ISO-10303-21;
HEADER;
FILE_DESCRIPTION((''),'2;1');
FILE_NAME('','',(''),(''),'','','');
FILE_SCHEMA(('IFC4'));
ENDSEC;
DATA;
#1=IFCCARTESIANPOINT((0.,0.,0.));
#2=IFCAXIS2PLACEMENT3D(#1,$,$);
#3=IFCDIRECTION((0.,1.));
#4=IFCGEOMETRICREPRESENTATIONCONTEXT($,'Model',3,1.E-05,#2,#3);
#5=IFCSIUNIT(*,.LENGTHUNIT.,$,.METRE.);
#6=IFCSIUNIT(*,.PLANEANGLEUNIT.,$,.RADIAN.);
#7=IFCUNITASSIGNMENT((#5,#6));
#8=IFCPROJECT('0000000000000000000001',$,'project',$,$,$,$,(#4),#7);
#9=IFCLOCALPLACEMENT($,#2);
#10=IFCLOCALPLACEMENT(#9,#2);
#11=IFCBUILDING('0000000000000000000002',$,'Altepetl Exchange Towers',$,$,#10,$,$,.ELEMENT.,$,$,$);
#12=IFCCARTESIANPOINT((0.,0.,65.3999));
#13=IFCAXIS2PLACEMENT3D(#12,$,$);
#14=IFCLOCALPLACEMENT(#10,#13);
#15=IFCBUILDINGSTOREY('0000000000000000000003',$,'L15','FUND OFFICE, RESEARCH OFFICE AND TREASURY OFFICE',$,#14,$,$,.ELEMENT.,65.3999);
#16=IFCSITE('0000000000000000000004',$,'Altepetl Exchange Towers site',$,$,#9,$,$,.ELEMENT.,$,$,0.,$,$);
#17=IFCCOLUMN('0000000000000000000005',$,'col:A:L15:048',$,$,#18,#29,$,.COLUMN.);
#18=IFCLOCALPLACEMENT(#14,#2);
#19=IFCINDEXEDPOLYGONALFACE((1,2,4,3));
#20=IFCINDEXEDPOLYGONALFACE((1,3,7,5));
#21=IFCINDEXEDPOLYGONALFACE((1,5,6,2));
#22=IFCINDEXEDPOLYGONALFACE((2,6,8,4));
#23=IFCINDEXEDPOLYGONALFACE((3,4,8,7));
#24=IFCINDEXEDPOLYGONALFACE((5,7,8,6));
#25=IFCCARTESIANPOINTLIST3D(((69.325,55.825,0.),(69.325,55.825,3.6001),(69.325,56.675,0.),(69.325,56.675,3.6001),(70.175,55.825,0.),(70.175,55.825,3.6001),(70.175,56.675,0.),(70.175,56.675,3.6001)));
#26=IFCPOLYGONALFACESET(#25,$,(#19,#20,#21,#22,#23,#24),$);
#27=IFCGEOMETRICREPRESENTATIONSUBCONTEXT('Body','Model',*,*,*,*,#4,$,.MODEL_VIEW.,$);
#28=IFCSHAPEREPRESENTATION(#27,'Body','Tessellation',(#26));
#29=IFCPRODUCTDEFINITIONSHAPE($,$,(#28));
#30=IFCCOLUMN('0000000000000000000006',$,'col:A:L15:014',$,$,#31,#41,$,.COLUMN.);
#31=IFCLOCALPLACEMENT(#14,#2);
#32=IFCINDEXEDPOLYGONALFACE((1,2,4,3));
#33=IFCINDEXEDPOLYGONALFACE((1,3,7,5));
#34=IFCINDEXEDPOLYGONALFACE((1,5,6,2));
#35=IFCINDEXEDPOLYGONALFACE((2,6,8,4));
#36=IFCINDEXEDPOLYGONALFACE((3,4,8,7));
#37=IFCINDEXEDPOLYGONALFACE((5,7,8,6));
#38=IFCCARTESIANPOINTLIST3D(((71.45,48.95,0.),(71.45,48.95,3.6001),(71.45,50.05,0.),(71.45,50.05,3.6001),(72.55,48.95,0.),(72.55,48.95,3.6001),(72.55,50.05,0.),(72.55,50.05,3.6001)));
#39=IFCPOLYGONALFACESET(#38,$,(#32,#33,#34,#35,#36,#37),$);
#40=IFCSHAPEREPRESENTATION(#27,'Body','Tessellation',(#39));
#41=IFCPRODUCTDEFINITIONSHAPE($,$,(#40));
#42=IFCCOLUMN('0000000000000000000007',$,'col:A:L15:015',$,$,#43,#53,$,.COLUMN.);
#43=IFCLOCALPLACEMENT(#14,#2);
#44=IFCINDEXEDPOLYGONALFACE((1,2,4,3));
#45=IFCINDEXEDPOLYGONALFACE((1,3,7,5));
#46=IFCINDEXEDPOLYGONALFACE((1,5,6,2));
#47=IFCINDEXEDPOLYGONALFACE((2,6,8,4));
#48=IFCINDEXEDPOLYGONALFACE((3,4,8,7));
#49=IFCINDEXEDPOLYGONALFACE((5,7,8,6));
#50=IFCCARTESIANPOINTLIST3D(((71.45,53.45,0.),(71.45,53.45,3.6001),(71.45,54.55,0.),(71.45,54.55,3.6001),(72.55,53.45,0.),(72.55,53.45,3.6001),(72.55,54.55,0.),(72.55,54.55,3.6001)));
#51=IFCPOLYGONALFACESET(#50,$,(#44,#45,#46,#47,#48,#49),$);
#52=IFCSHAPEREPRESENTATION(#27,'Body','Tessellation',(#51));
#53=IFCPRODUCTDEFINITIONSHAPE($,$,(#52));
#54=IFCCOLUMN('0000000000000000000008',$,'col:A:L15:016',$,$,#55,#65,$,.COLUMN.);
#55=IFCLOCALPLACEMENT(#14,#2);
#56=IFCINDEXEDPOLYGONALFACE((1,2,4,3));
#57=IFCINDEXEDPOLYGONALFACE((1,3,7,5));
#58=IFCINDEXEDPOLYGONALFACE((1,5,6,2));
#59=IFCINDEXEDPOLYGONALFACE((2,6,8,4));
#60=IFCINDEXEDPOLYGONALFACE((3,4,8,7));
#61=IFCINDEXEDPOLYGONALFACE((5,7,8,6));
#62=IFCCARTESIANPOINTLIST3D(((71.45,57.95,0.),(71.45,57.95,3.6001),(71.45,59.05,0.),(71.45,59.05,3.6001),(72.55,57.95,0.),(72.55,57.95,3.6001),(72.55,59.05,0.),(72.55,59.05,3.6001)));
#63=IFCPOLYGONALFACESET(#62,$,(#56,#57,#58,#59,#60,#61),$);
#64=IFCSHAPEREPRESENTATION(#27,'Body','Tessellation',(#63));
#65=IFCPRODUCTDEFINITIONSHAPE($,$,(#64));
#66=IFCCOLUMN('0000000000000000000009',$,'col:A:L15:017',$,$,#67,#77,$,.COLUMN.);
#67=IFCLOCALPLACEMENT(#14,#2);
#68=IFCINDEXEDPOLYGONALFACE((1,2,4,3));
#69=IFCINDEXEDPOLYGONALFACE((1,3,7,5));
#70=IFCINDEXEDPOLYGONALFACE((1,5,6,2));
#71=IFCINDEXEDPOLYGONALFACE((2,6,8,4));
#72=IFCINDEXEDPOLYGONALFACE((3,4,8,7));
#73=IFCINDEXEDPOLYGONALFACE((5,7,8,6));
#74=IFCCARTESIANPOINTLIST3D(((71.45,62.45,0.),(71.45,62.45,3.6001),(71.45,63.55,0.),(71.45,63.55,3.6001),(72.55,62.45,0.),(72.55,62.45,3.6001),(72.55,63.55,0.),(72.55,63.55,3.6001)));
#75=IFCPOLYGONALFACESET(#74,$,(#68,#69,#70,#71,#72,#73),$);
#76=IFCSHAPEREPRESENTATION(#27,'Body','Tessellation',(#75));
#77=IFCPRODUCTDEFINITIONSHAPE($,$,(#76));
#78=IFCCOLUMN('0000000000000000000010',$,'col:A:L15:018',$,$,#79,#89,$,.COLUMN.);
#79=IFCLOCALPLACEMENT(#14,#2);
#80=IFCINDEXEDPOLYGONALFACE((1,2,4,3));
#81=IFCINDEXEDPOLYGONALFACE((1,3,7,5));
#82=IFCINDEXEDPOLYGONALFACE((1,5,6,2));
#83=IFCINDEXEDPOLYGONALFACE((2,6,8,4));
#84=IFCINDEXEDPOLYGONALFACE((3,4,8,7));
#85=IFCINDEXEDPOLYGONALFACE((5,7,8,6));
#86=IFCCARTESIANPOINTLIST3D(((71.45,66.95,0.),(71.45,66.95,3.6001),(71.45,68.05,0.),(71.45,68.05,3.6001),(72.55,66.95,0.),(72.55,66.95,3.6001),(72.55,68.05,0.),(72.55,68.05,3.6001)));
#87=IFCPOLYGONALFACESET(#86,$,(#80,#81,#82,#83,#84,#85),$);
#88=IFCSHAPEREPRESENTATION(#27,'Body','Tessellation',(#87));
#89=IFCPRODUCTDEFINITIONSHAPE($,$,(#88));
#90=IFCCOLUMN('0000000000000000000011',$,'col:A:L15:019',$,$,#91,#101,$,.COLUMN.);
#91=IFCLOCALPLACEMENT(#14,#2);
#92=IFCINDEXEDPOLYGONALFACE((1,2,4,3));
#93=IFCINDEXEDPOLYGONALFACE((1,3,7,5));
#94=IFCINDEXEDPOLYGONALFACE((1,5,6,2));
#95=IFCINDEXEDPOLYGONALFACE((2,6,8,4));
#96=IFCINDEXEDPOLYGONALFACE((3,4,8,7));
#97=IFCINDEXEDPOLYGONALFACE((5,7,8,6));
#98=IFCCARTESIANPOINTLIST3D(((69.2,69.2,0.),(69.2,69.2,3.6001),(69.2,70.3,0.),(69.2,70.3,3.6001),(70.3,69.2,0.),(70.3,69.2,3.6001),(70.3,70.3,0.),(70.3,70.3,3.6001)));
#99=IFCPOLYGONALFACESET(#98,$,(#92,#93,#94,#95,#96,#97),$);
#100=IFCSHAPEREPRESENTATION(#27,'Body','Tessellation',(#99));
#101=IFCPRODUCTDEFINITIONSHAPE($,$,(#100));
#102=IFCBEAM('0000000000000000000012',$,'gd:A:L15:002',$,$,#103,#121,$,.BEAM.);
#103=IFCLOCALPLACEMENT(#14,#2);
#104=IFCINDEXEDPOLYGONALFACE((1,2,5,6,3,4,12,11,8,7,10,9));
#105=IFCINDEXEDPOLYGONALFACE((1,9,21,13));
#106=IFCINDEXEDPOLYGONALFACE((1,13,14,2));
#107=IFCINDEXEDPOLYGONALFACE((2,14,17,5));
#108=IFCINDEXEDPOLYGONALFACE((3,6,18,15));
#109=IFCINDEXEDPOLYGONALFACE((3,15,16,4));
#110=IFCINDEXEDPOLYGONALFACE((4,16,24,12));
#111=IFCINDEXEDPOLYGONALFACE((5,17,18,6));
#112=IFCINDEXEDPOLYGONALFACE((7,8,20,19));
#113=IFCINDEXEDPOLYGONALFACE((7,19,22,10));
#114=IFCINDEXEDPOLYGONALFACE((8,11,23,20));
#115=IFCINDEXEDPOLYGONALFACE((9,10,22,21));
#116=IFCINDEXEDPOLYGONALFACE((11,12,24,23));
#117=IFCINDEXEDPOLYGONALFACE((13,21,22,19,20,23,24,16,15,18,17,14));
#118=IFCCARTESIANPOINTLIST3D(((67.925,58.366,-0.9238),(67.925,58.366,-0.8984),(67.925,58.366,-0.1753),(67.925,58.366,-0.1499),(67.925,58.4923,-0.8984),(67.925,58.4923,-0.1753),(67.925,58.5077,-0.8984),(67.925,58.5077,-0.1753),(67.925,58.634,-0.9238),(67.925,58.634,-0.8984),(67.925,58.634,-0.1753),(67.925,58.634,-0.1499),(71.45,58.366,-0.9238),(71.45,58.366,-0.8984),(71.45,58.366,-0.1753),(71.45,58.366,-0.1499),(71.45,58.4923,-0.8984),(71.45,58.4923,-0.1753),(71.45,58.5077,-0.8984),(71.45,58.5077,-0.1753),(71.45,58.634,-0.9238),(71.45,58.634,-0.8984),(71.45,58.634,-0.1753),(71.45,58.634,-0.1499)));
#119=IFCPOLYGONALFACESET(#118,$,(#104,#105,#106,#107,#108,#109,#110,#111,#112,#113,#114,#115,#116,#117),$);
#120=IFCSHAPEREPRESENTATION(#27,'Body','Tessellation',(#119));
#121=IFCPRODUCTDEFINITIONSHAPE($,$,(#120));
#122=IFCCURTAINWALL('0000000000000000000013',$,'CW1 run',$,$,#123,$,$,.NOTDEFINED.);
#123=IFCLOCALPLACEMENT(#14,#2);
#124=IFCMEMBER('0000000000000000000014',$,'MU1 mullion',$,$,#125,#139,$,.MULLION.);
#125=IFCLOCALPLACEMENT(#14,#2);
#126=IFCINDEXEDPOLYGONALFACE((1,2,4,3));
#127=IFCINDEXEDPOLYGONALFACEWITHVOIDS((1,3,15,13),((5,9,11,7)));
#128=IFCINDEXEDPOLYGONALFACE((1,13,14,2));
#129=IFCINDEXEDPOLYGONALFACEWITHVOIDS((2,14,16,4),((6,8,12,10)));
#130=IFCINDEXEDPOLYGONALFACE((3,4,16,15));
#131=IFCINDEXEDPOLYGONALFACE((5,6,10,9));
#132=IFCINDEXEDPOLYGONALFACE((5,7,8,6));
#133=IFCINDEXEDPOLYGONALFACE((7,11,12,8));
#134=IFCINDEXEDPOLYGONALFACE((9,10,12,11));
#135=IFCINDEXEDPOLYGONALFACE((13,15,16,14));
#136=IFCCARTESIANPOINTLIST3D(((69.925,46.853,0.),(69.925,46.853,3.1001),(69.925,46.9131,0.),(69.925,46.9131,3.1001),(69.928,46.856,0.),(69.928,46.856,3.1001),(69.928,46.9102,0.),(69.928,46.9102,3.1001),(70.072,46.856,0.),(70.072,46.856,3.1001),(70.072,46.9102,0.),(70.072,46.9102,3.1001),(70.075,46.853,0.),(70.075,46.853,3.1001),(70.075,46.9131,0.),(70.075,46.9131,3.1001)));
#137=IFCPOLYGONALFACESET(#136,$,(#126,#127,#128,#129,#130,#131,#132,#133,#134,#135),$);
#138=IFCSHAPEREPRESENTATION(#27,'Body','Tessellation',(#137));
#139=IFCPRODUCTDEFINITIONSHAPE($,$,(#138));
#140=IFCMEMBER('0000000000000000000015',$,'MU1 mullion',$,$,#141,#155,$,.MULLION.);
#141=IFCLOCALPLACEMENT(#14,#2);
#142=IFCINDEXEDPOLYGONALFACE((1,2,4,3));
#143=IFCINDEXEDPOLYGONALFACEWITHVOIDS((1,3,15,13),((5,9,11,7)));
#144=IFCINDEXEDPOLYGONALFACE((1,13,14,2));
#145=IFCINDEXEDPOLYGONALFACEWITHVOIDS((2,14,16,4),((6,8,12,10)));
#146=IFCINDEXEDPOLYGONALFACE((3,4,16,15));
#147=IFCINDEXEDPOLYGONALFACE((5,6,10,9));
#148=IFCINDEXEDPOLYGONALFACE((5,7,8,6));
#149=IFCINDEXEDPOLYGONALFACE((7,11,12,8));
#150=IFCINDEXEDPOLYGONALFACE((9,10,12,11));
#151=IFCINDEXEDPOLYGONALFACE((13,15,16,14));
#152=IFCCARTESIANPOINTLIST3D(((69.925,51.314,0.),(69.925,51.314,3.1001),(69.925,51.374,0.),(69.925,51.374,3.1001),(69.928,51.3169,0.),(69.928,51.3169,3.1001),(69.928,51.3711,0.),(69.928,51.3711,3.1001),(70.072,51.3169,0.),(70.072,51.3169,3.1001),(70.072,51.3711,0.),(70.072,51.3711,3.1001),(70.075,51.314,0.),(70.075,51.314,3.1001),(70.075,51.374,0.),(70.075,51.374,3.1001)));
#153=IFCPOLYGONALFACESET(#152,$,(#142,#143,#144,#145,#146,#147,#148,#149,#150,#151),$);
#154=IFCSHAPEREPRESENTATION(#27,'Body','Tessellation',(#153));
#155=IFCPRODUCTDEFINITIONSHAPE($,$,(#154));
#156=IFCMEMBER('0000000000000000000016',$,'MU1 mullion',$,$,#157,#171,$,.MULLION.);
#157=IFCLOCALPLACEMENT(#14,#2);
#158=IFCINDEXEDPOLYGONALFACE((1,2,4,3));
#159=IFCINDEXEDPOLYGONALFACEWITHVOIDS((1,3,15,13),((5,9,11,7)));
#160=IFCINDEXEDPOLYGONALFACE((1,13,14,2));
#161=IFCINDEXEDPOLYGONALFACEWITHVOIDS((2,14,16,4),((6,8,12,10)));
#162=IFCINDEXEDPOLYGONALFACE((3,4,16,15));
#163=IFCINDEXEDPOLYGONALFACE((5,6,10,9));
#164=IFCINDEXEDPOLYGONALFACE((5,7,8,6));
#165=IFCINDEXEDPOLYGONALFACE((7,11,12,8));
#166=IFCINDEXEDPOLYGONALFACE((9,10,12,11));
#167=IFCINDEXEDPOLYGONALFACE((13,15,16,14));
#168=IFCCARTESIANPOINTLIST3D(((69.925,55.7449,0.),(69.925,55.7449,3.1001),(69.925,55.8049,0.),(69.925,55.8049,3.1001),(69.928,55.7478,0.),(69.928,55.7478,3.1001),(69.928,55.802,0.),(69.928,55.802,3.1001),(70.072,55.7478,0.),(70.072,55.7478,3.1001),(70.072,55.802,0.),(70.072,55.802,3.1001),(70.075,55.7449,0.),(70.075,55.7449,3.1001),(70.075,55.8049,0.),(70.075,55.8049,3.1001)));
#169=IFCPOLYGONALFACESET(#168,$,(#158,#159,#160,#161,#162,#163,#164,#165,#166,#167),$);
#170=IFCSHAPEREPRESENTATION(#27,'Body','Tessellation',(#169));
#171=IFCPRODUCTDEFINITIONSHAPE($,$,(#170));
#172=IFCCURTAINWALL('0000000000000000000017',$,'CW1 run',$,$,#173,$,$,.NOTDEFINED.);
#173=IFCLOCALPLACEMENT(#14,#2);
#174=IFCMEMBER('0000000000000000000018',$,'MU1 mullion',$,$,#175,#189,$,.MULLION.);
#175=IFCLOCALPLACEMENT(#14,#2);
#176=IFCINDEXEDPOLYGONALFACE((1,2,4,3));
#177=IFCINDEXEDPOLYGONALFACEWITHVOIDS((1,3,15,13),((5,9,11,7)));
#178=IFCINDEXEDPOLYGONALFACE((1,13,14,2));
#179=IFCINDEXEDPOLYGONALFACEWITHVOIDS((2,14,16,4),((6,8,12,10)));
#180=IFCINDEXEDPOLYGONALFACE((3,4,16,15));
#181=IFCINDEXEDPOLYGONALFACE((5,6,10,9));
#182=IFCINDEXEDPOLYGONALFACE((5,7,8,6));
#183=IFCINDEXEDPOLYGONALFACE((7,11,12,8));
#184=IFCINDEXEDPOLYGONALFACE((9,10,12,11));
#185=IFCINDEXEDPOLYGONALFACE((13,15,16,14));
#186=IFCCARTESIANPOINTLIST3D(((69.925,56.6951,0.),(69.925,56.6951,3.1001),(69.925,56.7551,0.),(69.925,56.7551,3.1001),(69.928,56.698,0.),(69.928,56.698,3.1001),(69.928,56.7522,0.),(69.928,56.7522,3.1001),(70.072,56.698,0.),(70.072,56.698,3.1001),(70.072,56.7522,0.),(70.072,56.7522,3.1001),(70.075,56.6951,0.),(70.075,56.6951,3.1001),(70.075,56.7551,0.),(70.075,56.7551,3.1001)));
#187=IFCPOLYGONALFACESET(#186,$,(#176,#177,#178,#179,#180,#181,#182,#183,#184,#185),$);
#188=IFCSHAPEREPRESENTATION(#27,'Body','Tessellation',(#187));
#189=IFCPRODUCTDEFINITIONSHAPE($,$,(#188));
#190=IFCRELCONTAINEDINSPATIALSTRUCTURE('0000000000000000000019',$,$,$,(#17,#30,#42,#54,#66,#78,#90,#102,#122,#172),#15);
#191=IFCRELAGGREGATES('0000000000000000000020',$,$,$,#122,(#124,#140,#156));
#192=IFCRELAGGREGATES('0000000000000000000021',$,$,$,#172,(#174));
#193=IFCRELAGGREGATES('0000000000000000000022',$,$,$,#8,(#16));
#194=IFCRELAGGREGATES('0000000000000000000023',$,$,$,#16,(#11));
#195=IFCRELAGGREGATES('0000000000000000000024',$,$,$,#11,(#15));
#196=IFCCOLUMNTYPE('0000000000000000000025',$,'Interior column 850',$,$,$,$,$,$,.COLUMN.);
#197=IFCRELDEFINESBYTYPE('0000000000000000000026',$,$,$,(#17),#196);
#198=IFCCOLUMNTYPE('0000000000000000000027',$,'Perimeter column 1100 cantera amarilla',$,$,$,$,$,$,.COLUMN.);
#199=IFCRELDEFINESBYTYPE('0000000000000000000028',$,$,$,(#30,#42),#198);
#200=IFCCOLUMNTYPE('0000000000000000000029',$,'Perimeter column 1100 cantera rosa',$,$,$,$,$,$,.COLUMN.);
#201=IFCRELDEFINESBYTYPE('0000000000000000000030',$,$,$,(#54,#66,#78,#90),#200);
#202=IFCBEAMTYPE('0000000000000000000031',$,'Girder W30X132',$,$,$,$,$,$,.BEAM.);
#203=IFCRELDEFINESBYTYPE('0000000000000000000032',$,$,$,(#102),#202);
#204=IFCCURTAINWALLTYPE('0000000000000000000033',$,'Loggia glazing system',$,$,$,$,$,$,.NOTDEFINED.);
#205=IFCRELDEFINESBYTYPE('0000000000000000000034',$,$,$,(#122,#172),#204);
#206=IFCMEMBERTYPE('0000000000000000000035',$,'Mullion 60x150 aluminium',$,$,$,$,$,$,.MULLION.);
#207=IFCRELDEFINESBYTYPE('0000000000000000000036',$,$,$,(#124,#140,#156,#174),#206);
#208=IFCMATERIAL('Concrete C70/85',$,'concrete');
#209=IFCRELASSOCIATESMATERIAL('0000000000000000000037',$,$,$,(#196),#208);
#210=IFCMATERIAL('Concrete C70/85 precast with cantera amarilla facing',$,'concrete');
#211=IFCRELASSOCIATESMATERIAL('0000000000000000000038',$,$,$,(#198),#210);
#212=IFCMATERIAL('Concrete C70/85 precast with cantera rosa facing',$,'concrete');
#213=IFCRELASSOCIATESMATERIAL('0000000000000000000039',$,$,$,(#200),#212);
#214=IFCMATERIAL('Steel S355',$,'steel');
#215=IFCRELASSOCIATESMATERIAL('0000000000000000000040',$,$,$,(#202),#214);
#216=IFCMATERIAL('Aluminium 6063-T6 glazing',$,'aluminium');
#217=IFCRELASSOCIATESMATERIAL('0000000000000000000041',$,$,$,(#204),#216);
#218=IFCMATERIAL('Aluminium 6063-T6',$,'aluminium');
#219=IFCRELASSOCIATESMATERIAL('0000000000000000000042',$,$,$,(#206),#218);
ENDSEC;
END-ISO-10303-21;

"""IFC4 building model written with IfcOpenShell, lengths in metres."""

from ifc_helpers import new_model, si_unit, direction, frame, origin, origin_2d, place, context, subcontext, project, spatial, rectangle, hollow_rectangle, i_section, extrude, material, material_profile, profile_set, type_object, element, aggregate, save


model = new_model("IFC4")

# Units and contexts
model_context = context("Model", 3, precision=1e-05, world=origin(), true_north=direction((0.0, 1.0)))
body_context = subcontext(model_context, "Body", "Model", "MODEL_VIEW")
ifc_project = project(units=[si_unit("LENGTHUNIT", "METRE"), si_unit("PLANEANGLEUNIT", "RADIAN")], contexts=[model_context])

# Site, building, storey
site_placement = place(None, origin())
site = spatial("IfcSite", under=ifc_project, at=site_placement, Name="Altepetl Exchange Towers site", CompositionType="ELEMENT", RefElevation=0.0)
building_placement = place(site_placement, origin())
building = spatial("IfcBuilding", under=site, at=building_placement, Name="Altepetl Exchange Towers", CompositionType="ELEMENT")
storey_placement = place(building_placement, frame((0.0, 0.0, 65.3999)))
storey = spatial("IfcBuildingStorey", under=building, at=storey_placement, Name="L15", Description="FUND OFFICE, RESEARCH OFFICE AND TREASURY OFFICE", CompositionType="ELEMENT", Elevation=65.3999)

# Columns
ifc_material_1 = material(Name="Concrete C70/85", Category="concrete")
ifc_material_profile_1 = material_profile(ifc_material_1, rectangle(XDim=0.8501, YDim=0.8501, at=origin_2d()), Name="850 x 850")
ifc_profile_set_1 = profile_set([ifc_material_profile_1], Name="Concrete C70/85")
column_type_1 = type_object("IfcColumnType", Name="Interior column 850", PredefinedType="COLUMN", material=ifc_profile_set_1)
column_placement = place(storey_placement, frame((69.75, 56.25, 0.0)))
element("IfcColumn", 1, at=column_placement, inside=storey, type_object=column_type_1, Name="col:A:L15:048", PredefinedType="COLUMN", context=body_context, shape_type="SweptSolid", body=[
    extrude(rectangle(XDim=0.8501, YDim=0.8501, at=origin_2d()), origin(), (0.0, 0.0, 1.0), 3.6001),
])
ifc_material_2 = material(Name="Concrete C70/85 precast with cantera amarilla facing", Category="concrete")
ifc_material_profile_2 = material_profile(ifc_material_2, rectangle(XDim=1.1001, YDim=1.1001, at=origin_2d()), Name="1100 x 1100")
ifc_profile_set_2 = profile_set([ifc_material_profile_2], Name="Concrete C70/85 precast with cantera amarilla facing")
column_type_2 = type_object("IfcColumnType", Name="Perimeter column 1100 cantera amarilla", PredefinedType="COLUMN", material=ifc_profile_set_2)
for number, where, name in (
    (2, (72.0, 49.5, 0.0), "col:A:L15:014"),
    (3, (72.0, 54.0, 0.0), "col:A:L15:015"),
):
    element("IfcColumn", number, at=place(storey_placement, frame(where)), inside=storey, type_object=column_type_2, Name=name, PredefinedType="COLUMN", context=body_context, shape_type="SweptSolid", body=[
        extrude(rectangle(XDim=1.1001, YDim=1.1001, at=origin_2d()), origin(), (0.0, 0.0, 1.0), 3.6001),
    ])
ifc_material_3 = material(Name="Concrete C70/85 precast with cantera rosa facing", Category="concrete")
ifc_material_profile_3 = material_profile(ifc_material_3, rectangle(XDim=1.1001, YDim=1.1001, at=origin_2d()), Name="1100 x 1100")
ifc_profile_set_3 = profile_set([ifc_material_profile_3], Name="Concrete C70/85 precast with cantera rosa facing")
column_type_3 = type_object("IfcColumnType", Name="Perimeter column 1100 cantera rosa", PredefinedType="COLUMN", material=ifc_profile_set_3)
for number, where, name in (
    (4, (72.0, 58.5, 0.0), "col:A:L15:016"),
    (5, (72.0, 63.0, 0.0), "col:A:L15:017"),
    (6, (72.0, 67.5, 0.0), "col:A:L15:018"),
    (7, (69.75, 69.75, 0.0), "col:A:L15:019"),
):
    element("IfcColumn", number, at=place(storey_placement, frame(where)), inside=storey, type_object=column_type_3, Name=name, PredefinedType="COLUMN", context=body_context, shape_type="SweptSolid", body=[
        extrude(rectangle(XDim=1.1001, YDim=1.1001, at=origin_2d()), origin(), (0.0, 0.0, 1.0), 3.6001),
    ])

# Beam
ifc_material_4 = material(Name="Steel S355", Category="steel")
ifc_material_profile_4 = material_profile(ifc_material_4, i_section(OverallWidth=0.2681, OverallDepth=0.7739, WebThickness=0.0154, FlangeThickness=0.0254, at=origin_2d()), Name="W30X132")
ifc_profile_set_4 = profile_set([ifc_material_profile_4], Name="Steel S355")
beam_type_1 = type_object("IfcBeamType", Name="Girder W30X132", PredefinedType="BEAM", material=ifc_profile_set_4)
beam_1_placement = place(storey_placement, frame((67.925, 58.5, -0.5369), z_axis=(1.0, 0.0, 0.0), x_axis=(0.0, 1.0, 0.0)))
element("IfcBeam", 8, at=beam_1_placement, inside=storey, type_object=beam_type_1, Name="gd:A:L15:002", PredefinedType="BEAM", context=body_context, shape_type="SweptSolid", body=[
    extrude(i_section(OverallWidth=0.2681, OverallDepth=0.7739, WebThickness=0.0154, FlangeThickness=0.0254, at=origin_2d()), origin(), (0.0, 0.0, 1.0), 3.5249),
])

# Curtain walls, members
ifc_material_5 = material(Name="Aluminium 6063-T6 glazing", Category="aluminium")
curtain_wall_type = type_object("IfcCurtainWallType", Name="Loggia glazing system", PredefinedType="NOTDEFINED", material=ifc_material_5)
curtain_wall_1_placement = place(storey_placement, origin())
curtain_wall_1 = element("IfcCurtainWall", 9, at=curtain_wall_1_placement, inside=storey, type_object=curtain_wall_type, Name="CW1 run", PredefinedType="NOTDEFINED")
ifc_material_6 = material(Name="Aluminium 6063-T6", Category="aluminium")
ifc_material_profile_5 = material_profile(ifc_material_6, hollow_rectangle(XDim=0.0601, YDim=0.1499, WallThickness=0.0029, at=origin_2d()), Name="Mullion 60x150 aluminium")
ifc_profile_set_5 = profile_set([ifc_material_profile_5], Name="Aluminium 6063-T6")
member_type = type_object("IfcMemberType", Name="Mullion 60x150 aluminium", PredefinedType="MULLION", material=ifc_profile_set_5)
member_1_placement = place(storey_placement, frame((70.0, 46.8831, 0.0), z_axis=(0.0, 0.0, 1.0), x_axis=(0.0, 1.0, 0.0)))
member_1 = element("IfcMember", 10, at=member_1_placement, type_object=member_type, Name="MU1 mullion", PredefinedType="MULLION", context=body_context, shape_type="SweptSolid", body=[
    extrude(hollow_rectangle(XDim=0.0601, YDim=0.1499, WallThickness=0.0029, at=origin_2d()), origin(), (0.0, 0.0, 1.0), 3.1001),
])
member_2_placement = place(storey_placement, frame((70.0, 51.344, 0.0), z_axis=(0.0, 0.0, 1.0), x_axis=(0.0, 1.0, 0.0)))
member_2 = element("IfcMember", 11, at=member_2_placement, type_object=member_type, Name="MU1 mullion", PredefinedType="MULLION", context=body_context, shape_type="SweptSolid", body=[
    extrude(hollow_rectangle(XDim=0.0601, YDim=0.1499, WallThickness=0.0029, at=origin_2d()), origin(), (0.0, 0.0, 1.0), 3.1001),
])
member_3_placement = place(storey_placement, frame((70.0, 55.7749, 0.0), z_axis=(0.0, 0.0, 1.0), x_axis=(0.0, 1.0, 0.0)))
member_3 = element("IfcMember", 12, at=member_3_placement, type_object=member_type, Name="MU1 mullion", PredefinedType="MULLION", context=body_context, shape_type="SweptSolid", body=[
    extrude(hollow_rectangle(XDim=0.0601, YDim=0.1499, WallThickness=0.0029, at=origin_2d()), origin(), (0.0, 0.0, 1.0), 3.1001),
])
curtain_wall_2_placement = place(storey_placement, origin())
curtain_wall_2 = element("IfcCurtainWall", 13, at=curtain_wall_2_placement, inside=storey, type_object=curtain_wall_type, Name="CW1 run", PredefinedType="NOTDEFINED")
member_4_placement = place(storey_placement, frame((70.0, 56.7251, 0.0), z_axis=(0.0, 0.0, 1.0), x_axis=(0.0, 1.0, 0.0)))
member_4 = element("IfcMember", 14, at=member_4_placement, type_object=member_type, Name="MU1 mullion", PredefinedType="MULLION", context=body_context, shape_type="SweptSolid", body=[
    extrude(hollow_rectangle(XDim=0.0601, YDim=0.1499, WallThickness=0.0029, at=origin_2d()), origin(), (0.0, 0.0, 1.0), 3.1001),
])

aggregate(curtain_wall_1, [member_1, member_2, member_3])
aggregate(curtain_wall_2, [member_4])

save(model, "model.ifc")
